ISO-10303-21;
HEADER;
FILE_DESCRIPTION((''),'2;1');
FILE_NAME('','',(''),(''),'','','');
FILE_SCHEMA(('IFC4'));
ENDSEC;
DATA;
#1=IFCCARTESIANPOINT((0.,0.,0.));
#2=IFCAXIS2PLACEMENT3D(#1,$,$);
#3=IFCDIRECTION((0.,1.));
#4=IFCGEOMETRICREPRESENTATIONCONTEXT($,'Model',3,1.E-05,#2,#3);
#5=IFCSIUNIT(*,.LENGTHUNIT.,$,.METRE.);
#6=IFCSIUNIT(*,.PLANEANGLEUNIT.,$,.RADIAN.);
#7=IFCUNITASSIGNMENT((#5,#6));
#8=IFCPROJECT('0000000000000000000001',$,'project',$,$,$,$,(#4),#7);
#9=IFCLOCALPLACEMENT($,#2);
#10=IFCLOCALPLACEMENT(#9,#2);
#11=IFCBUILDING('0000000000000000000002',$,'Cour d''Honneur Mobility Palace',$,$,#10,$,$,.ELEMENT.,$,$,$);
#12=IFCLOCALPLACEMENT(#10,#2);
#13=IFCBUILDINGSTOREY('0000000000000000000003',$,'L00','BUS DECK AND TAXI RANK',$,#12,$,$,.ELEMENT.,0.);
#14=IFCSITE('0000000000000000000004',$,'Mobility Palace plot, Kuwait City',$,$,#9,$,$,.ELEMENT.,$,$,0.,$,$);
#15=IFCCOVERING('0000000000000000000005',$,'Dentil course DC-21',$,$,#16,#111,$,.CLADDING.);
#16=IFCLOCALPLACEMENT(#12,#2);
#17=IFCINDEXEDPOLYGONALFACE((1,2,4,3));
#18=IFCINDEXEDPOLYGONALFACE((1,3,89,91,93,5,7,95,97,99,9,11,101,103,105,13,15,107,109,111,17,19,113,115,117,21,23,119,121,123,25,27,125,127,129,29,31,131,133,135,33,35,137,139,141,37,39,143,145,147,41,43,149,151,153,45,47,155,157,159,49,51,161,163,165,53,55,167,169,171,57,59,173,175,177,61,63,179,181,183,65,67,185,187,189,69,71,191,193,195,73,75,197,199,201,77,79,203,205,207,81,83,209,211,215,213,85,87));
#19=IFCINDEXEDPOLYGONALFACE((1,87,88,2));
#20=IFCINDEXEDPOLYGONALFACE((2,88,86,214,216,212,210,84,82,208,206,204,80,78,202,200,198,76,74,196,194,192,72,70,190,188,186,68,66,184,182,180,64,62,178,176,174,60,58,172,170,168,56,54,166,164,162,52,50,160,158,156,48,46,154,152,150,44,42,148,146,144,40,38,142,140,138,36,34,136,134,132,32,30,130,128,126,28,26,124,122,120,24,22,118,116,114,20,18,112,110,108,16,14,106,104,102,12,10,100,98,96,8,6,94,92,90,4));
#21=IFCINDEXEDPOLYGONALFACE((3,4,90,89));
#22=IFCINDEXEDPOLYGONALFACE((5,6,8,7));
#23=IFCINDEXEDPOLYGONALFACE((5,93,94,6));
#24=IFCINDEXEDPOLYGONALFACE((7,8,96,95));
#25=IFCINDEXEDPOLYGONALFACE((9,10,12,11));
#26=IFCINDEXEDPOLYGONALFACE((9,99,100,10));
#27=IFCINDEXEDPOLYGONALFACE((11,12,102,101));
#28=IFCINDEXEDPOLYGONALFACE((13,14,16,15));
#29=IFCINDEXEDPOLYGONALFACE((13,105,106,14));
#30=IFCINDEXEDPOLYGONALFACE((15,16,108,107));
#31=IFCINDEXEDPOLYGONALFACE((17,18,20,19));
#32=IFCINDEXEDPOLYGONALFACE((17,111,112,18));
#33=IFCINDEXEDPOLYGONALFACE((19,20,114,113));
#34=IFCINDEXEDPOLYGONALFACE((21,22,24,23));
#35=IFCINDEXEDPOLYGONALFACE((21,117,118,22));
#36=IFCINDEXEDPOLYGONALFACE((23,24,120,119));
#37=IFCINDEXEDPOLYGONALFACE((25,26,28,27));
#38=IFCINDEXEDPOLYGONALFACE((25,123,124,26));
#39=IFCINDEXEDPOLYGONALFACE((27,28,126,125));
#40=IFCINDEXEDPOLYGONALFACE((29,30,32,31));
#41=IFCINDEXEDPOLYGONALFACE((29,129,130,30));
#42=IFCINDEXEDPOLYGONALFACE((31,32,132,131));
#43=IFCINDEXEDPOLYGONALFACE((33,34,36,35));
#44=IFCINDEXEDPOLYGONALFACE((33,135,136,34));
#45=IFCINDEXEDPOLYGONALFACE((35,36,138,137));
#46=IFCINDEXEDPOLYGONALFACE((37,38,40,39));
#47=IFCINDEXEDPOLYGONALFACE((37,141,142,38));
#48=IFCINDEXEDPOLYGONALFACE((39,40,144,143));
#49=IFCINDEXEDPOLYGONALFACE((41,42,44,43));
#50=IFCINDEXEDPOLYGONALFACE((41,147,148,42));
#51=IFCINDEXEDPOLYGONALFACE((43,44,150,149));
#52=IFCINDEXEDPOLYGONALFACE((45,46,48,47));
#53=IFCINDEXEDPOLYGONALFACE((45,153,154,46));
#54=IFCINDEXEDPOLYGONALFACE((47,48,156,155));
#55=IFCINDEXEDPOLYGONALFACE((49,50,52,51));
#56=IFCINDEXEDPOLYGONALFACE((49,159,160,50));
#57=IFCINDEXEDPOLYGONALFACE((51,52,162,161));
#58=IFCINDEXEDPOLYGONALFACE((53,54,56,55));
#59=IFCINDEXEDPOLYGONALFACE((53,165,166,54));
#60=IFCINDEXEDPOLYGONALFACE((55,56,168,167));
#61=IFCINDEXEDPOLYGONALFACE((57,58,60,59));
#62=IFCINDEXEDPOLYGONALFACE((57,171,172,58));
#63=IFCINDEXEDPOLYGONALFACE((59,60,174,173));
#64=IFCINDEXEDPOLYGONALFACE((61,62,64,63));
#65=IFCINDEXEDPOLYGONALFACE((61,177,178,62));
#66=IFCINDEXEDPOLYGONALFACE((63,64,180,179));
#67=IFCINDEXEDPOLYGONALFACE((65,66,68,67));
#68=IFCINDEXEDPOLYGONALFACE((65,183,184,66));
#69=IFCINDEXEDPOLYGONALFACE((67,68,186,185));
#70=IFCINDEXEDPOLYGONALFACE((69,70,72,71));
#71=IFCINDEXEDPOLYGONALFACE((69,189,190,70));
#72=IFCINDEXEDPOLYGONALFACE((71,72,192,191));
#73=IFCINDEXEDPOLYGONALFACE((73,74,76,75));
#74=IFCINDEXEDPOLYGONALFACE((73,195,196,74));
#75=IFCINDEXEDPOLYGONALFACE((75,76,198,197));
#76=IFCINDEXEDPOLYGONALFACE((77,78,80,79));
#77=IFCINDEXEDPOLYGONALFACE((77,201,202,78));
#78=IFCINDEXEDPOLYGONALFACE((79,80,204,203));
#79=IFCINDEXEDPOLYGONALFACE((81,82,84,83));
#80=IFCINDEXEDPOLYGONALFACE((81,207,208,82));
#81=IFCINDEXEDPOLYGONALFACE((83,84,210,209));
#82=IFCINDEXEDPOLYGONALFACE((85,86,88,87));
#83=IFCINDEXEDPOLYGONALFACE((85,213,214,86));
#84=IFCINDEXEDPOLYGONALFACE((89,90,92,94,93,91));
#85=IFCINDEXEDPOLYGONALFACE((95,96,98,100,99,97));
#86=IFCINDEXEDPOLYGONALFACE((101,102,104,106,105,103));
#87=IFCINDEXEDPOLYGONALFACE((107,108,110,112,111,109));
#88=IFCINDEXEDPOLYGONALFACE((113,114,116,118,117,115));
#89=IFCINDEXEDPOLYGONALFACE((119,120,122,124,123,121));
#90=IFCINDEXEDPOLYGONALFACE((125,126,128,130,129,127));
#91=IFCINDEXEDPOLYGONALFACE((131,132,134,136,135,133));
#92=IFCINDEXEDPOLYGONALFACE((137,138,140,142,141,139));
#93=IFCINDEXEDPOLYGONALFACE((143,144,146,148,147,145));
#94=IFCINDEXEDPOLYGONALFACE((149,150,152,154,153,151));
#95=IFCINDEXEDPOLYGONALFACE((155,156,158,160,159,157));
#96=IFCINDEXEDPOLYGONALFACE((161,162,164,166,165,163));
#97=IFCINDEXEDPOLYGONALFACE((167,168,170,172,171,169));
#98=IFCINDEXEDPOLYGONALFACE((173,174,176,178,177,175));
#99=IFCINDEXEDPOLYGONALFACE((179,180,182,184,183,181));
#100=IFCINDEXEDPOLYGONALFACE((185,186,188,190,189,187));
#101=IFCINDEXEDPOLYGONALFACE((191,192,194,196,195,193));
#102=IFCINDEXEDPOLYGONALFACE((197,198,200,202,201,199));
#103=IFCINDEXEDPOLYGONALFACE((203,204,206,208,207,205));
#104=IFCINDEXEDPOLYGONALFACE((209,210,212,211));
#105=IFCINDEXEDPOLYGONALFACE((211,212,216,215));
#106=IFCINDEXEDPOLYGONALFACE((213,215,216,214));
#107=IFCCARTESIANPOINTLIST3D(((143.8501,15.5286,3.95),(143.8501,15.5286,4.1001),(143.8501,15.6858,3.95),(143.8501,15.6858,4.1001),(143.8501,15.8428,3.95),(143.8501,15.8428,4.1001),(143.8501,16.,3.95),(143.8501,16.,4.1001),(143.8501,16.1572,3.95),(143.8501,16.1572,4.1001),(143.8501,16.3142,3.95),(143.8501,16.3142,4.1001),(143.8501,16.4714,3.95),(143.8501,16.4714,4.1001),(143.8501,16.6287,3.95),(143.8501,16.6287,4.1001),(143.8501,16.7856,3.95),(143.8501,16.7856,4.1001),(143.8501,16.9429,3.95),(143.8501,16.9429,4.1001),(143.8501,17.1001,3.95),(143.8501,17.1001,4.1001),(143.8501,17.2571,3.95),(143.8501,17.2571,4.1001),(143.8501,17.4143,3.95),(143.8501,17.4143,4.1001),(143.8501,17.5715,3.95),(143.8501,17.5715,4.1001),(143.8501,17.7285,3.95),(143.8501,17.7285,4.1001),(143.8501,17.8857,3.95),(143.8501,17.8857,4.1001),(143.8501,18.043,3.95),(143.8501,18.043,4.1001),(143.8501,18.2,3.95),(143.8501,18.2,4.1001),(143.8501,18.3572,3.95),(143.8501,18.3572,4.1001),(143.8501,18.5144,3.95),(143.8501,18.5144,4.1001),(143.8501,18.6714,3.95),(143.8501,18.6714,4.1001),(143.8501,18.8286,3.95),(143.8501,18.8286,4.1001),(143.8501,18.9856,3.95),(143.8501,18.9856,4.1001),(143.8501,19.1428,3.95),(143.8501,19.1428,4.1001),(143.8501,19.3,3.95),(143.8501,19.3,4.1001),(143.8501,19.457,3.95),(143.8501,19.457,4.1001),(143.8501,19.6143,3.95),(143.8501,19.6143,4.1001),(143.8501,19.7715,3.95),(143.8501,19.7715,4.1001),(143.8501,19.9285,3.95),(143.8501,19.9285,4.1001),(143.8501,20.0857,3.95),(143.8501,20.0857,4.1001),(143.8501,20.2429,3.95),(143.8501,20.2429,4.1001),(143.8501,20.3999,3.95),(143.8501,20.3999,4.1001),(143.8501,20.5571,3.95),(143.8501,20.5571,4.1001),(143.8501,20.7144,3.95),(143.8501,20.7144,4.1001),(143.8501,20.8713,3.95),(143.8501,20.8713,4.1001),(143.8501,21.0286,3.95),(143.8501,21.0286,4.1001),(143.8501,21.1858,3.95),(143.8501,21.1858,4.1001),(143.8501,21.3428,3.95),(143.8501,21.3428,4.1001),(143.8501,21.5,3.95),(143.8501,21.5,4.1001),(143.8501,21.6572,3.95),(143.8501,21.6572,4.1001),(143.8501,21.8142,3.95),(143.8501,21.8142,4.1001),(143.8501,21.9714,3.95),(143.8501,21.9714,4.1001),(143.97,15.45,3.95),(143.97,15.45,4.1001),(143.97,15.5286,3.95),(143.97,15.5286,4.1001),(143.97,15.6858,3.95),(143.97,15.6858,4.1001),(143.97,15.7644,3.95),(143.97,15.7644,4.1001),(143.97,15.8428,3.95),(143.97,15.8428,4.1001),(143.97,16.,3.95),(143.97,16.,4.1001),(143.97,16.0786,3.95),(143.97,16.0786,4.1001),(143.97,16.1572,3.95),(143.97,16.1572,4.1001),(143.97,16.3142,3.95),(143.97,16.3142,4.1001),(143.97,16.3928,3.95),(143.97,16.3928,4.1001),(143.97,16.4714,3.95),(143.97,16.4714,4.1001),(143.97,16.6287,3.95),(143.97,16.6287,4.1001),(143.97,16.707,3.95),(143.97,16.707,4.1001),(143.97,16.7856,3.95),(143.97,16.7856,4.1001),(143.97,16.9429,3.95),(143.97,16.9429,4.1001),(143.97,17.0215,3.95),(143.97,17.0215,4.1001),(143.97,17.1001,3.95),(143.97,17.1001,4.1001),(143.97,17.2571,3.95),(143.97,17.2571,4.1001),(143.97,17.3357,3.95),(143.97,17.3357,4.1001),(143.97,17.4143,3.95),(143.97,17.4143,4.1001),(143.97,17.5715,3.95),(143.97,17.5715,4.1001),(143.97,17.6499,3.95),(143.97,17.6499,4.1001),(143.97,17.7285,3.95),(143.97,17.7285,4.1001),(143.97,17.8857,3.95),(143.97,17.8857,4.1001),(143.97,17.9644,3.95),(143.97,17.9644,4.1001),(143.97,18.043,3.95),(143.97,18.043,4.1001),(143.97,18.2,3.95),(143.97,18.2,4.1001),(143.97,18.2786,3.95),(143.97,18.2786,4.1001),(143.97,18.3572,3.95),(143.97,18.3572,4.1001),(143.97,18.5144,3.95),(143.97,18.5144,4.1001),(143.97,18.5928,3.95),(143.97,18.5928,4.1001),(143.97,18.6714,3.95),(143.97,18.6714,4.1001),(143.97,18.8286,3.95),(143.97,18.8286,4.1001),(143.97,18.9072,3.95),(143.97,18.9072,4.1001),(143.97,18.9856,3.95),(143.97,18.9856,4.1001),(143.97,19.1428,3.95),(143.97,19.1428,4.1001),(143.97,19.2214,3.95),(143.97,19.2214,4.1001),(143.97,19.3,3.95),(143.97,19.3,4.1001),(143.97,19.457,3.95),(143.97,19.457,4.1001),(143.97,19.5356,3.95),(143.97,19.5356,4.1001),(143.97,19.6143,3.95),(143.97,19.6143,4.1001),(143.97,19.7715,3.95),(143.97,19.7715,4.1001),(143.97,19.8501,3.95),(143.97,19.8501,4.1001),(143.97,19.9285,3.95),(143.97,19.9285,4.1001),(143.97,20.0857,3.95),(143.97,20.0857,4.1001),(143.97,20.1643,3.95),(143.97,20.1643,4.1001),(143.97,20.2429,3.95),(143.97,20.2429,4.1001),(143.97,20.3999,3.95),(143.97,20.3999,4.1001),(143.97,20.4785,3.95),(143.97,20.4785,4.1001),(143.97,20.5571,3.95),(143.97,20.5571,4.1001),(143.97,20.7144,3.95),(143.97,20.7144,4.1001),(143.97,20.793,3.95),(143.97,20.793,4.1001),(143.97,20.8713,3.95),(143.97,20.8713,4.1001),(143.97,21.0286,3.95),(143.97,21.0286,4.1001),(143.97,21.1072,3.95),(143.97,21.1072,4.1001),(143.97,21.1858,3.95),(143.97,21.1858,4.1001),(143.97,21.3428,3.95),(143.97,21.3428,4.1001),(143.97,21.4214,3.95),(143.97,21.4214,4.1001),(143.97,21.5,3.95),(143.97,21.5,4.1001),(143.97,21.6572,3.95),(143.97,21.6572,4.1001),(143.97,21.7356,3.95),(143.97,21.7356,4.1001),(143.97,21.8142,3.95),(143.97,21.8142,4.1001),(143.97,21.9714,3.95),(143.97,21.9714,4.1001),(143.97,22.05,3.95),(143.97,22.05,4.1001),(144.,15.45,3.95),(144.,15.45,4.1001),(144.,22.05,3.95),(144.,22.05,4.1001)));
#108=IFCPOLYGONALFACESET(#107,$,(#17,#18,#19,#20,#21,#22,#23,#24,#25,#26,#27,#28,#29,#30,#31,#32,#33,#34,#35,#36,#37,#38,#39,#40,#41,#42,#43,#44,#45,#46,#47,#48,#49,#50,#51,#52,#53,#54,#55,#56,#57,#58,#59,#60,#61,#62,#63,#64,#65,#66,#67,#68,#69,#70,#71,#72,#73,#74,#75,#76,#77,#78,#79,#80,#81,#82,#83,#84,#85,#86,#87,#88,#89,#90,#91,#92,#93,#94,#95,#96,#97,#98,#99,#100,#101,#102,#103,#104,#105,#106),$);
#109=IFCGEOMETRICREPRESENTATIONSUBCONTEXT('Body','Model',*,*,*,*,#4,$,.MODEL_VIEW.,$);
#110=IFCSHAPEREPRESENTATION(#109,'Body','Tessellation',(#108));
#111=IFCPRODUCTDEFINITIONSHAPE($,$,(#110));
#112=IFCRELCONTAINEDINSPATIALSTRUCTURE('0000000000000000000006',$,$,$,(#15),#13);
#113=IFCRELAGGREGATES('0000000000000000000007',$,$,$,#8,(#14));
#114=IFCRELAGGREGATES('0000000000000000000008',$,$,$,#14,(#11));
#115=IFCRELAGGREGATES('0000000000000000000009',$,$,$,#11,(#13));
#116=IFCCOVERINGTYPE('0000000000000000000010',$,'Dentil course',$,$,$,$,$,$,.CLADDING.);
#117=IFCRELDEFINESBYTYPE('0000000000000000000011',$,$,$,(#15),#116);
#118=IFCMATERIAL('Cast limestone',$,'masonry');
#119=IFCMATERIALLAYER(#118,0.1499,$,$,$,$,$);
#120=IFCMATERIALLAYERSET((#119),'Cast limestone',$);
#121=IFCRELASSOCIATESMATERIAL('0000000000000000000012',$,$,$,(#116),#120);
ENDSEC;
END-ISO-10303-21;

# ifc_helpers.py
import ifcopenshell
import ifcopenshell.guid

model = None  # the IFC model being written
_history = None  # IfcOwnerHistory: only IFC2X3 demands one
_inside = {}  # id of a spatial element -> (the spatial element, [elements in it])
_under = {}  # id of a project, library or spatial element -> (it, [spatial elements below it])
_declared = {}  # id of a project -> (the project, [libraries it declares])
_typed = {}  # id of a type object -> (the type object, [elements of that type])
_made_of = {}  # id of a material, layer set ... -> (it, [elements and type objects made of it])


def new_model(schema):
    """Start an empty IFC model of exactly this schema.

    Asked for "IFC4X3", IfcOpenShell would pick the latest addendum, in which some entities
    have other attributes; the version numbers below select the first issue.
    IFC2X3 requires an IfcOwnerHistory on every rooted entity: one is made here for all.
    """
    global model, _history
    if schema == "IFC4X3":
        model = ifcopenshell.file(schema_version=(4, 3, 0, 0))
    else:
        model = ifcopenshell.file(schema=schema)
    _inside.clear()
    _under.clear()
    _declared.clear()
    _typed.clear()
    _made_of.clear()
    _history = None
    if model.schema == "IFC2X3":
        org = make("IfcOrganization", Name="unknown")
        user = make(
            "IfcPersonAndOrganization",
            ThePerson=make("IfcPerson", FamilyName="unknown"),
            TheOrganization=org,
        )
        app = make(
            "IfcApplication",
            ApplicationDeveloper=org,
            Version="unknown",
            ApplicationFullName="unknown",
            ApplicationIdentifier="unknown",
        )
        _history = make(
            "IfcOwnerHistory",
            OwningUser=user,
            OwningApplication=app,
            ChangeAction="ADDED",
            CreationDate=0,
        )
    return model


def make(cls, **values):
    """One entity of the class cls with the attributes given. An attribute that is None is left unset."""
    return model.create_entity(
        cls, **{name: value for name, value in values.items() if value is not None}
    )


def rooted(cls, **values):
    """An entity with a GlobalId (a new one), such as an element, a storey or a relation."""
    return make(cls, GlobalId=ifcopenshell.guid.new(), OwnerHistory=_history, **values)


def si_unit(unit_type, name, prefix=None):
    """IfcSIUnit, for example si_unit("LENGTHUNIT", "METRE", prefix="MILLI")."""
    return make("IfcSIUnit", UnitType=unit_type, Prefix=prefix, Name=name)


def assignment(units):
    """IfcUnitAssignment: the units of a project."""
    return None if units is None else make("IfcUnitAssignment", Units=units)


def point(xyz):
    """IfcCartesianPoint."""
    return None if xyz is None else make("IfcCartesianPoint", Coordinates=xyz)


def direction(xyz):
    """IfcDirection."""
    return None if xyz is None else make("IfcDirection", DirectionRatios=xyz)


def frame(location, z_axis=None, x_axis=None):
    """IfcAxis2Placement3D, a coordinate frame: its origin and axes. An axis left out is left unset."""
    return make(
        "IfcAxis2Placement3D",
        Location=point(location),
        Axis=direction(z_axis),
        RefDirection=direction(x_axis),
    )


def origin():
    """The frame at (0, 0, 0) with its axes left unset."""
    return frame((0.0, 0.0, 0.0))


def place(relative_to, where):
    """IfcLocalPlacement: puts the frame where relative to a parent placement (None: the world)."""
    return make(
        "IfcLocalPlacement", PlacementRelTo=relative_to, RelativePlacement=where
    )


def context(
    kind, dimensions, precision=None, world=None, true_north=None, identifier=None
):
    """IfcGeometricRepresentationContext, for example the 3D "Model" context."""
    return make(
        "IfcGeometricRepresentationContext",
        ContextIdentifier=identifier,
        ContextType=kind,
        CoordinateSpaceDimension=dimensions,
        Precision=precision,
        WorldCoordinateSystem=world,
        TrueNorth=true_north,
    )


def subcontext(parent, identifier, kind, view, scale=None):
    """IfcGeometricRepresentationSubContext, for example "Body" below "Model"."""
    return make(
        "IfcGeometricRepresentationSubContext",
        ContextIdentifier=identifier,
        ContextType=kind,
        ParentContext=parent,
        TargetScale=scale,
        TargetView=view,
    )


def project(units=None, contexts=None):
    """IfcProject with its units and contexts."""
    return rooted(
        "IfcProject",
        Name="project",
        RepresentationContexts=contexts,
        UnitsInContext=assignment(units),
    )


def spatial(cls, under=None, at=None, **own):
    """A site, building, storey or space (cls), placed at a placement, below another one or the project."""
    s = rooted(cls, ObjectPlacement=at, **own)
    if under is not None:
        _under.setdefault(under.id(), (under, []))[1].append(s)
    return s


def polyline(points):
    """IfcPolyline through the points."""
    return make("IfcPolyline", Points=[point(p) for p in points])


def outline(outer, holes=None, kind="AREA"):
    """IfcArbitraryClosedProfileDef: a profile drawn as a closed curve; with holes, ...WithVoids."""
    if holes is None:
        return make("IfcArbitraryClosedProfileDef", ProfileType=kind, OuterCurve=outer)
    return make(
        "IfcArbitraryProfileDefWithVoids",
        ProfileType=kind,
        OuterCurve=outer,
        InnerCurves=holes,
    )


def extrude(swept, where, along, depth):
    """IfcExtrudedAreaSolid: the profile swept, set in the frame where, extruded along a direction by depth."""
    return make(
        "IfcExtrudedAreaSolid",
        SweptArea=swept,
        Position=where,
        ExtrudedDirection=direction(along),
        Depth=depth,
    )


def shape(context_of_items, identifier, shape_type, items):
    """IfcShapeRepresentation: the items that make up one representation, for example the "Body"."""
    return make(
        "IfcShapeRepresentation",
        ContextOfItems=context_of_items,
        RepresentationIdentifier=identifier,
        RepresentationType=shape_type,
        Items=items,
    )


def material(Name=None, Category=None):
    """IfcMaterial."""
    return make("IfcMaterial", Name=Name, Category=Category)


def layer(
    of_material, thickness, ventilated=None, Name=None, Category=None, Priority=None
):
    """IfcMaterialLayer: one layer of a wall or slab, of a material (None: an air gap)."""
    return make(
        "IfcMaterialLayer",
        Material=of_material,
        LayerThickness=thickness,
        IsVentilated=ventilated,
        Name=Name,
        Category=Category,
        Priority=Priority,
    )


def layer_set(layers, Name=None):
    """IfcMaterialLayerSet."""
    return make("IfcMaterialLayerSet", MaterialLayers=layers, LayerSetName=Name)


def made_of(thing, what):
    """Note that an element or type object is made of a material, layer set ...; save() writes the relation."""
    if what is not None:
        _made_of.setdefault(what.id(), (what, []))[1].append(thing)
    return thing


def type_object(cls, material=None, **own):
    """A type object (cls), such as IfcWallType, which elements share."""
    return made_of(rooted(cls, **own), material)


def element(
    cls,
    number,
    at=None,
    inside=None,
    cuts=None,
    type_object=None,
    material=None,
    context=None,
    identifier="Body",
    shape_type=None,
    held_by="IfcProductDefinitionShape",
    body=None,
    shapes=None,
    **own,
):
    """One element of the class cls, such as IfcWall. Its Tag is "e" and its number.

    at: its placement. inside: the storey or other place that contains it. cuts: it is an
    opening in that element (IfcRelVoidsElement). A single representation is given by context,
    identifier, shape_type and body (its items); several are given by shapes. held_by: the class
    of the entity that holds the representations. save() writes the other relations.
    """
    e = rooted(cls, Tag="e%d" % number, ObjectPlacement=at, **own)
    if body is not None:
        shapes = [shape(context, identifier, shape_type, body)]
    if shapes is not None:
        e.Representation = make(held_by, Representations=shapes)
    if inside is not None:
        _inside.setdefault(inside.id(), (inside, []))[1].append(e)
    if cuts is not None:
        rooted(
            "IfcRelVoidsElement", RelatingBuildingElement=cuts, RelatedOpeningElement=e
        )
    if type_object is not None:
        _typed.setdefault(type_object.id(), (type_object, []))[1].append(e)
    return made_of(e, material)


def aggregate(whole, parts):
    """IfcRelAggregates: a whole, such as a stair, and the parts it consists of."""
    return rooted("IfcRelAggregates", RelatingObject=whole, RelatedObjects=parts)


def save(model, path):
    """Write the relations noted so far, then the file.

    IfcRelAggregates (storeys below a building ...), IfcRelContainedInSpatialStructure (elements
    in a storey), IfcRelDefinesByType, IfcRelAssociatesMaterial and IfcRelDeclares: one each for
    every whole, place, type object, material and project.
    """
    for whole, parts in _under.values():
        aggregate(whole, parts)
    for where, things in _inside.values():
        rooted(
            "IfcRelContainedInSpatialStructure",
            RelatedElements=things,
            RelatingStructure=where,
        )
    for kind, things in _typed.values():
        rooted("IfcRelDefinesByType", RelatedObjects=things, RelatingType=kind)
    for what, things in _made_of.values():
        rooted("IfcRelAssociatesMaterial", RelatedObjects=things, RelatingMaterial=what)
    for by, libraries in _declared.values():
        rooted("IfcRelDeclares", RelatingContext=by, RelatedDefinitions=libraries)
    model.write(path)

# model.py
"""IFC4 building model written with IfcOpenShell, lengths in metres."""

from ifc_helpers import new_model, si_unit, direction, frame, origin, place, context, subcontext, project, spatial, polyline, outline, extrude, material, layer, layer_set, type_object, element, save


model = new_model("IFC4")

# Units and contexts
model_context = context("Model", 3, precision=1e-05, world=origin(), true_north=direction((0.0, 1.0)))
body_context = subcontext(model_context, "Body", "Model", "MODEL_VIEW")
ifc_project = project(units=[si_unit("LENGTHUNIT", "METRE"), si_unit("PLANEANGLEUNIT", "RADIAN")], contexts=[model_context])

# Site, building, storey
site_placement = place(None, origin())
site = spatial("IfcSite", under=ifc_project, at=site_placement, Name="Mobility Palace plot, Kuwait City", CompositionType="ELEMENT", RefElevation=0.0)
building_placement = place(site_placement, origin())
building = spatial("IfcBuilding", under=site, at=building_placement, Name="Cour d'Honneur Mobility Palace", CompositionType="ELEMENT")
storey_placement = place(building_placement, origin())
storey = spatial("IfcBuildingStorey", under=building, at=storey_placement, Name="L00", Description="BUS DECK AND TAXI RANK", CompositionType="ELEMENT", Elevation=0.0)

# Covering
ifc_material = material(Name="Cast limestone", Category="masonry")
ifc_layer = layer(ifc_material, 0.1499)
ifc_layer_set = layer_set([ifc_layer], Name="Cast limestone")
covering_type = type_object("IfcCoveringType", Name="Dentil course", PredefinedType="CLADDING", material=ifc_layer_set)
covering_1_placement = place(storey_placement, frame((0.0, 0.0, 3.95)))
element("IfcCovering", 1, at=covering_1_placement, inside=storey, type_object=covering_type, Name="Dentil course DC-21", PredefinedType="CLADDING", context=body_context, shape_type="SweptSolid", body=[
    extrude(outline(polyline([(144.0, 22.05), (144.0, 15.45), (143.97, 15.45), (143.97, 15.45), (143.97, 15.5286), (143.8501, 15.5286), (143.8501, 15.6858), (143.97, 15.6858), (143.97, 15.7644), (143.97, 15.7644), (143.97, 15.8428), (143.8501, 15.8428), (143.8501, 16.0), (143.97, 16.0), (143.97, 16.0786), (143.97, 16.0786), (143.97, 16.1572), (143.8501, 16.1572), (143.8501, 16.3142), (143.97, 16.3142), (143.97, 16.3928), (143.97, 16.3928), (143.97, 16.4714), (143.8501, 16.4714), (143.8501, 16.6287), (143.97, 16.6287), (143.97, 16.707), (143.97, 16.707), (143.97, 16.7856), (143.8501, 16.7856), (143.8501, 16.9429), (143.97, 16.9429), (143.97, 17.0215), (143.97, 17.0215), (143.97, 17.1001), (143.8501, 17.1001), (143.8501, 17.2571), (143.97, 17.2571), (143.97, 17.3357), (143.97, 17.3357), (143.97, 17.4143), (143.8501, 17.4143), (143.8501, 17.5715), (143.97, 17.5715), (143.97, 17.6499), (143.97, 17.6499), (143.97, 17.7285), (143.8501, 17.7285), (143.8501, 17.8857), (143.97, 17.8857), (143.97, 17.9644), (143.97, 17.9644), (143.97, 18.043), (143.8501, 18.043), (143.8501, 18.2), (143.97, 18.2), (143.97, 18.2786), (143.97, 18.2786), (143.97, 18.3572), (143.8501, 18.3572), (143.8501, 18.5144), (143.97, 18.5144), (143.97, 18.5928), (143.97, 18.5928), (143.97, 18.6714), (143.8501, 18.6714), (143.8501, 18.8286), (143.97, 18.8286), (143.97, 18.9072), (143.97, 18.9072), (143.97, 18.9856), (143.8501, 18.9856), (143.8501, 19.1428), (143.97, 19.1428), (143.97, 19.2214), (143.97, 19.2214), (143.97, 19.3), (143.8501, 19.3), (143.8501, 19.457), (143.97, 19.457), (143.97, 19.5356), (143.97, 19.5356), (143.97, 19.6143), (143.8501, 19.6143), (143.8501, 19.7715), (143.97, 19.7715), (143.97, 19.8501), (143.97, 19.8501), (143.97, 19.9285), (143.8501, 19.9285), (143.8501, 20.0857), (143.97, 20.0857), (143.97, 20.1643), (143.97, 20.1643), (143.97, 20.2429), (143.8501, 20.2429), (143.8501, 20.3999), (143.97, 20.3999), (143.97, 20.4785), (143.97, 20.4785), (143.97, 20.5571), (143.8501, 20.5571), (143.8501, 20.7144), (143.97, 20.7144), (143.97, 20.793), (143.97, 20.793), (143.97, 20.8713), (143.8501, 20.8713), (143.8501, 21.0286), (143.97, 21.0286), (143.97, 21.1072), (143.97, 21.1072), (143.97, 21.1858), (143.8501, 21.1858), (143.8501, 21.3428), (143.97, 21.3428), (143.97, 21.4214), (143.97, 21.4214), (143.97, 21.5), (143.8501, 21.5), (143.8501, 21.6572), (143.97, 21.6572), (143.97, 21.7356), (143.97, 21.7356), (143.97, 21.8142), (143.8501, 21.8142), (143.8501, 21.9714), (143.97, 21.9714), (143.97, 22.05), (144.0, 22.05)])), origin(), (0.0, 0.0, 1.0), 0.1501),
])

save(model, "model.ifc")
